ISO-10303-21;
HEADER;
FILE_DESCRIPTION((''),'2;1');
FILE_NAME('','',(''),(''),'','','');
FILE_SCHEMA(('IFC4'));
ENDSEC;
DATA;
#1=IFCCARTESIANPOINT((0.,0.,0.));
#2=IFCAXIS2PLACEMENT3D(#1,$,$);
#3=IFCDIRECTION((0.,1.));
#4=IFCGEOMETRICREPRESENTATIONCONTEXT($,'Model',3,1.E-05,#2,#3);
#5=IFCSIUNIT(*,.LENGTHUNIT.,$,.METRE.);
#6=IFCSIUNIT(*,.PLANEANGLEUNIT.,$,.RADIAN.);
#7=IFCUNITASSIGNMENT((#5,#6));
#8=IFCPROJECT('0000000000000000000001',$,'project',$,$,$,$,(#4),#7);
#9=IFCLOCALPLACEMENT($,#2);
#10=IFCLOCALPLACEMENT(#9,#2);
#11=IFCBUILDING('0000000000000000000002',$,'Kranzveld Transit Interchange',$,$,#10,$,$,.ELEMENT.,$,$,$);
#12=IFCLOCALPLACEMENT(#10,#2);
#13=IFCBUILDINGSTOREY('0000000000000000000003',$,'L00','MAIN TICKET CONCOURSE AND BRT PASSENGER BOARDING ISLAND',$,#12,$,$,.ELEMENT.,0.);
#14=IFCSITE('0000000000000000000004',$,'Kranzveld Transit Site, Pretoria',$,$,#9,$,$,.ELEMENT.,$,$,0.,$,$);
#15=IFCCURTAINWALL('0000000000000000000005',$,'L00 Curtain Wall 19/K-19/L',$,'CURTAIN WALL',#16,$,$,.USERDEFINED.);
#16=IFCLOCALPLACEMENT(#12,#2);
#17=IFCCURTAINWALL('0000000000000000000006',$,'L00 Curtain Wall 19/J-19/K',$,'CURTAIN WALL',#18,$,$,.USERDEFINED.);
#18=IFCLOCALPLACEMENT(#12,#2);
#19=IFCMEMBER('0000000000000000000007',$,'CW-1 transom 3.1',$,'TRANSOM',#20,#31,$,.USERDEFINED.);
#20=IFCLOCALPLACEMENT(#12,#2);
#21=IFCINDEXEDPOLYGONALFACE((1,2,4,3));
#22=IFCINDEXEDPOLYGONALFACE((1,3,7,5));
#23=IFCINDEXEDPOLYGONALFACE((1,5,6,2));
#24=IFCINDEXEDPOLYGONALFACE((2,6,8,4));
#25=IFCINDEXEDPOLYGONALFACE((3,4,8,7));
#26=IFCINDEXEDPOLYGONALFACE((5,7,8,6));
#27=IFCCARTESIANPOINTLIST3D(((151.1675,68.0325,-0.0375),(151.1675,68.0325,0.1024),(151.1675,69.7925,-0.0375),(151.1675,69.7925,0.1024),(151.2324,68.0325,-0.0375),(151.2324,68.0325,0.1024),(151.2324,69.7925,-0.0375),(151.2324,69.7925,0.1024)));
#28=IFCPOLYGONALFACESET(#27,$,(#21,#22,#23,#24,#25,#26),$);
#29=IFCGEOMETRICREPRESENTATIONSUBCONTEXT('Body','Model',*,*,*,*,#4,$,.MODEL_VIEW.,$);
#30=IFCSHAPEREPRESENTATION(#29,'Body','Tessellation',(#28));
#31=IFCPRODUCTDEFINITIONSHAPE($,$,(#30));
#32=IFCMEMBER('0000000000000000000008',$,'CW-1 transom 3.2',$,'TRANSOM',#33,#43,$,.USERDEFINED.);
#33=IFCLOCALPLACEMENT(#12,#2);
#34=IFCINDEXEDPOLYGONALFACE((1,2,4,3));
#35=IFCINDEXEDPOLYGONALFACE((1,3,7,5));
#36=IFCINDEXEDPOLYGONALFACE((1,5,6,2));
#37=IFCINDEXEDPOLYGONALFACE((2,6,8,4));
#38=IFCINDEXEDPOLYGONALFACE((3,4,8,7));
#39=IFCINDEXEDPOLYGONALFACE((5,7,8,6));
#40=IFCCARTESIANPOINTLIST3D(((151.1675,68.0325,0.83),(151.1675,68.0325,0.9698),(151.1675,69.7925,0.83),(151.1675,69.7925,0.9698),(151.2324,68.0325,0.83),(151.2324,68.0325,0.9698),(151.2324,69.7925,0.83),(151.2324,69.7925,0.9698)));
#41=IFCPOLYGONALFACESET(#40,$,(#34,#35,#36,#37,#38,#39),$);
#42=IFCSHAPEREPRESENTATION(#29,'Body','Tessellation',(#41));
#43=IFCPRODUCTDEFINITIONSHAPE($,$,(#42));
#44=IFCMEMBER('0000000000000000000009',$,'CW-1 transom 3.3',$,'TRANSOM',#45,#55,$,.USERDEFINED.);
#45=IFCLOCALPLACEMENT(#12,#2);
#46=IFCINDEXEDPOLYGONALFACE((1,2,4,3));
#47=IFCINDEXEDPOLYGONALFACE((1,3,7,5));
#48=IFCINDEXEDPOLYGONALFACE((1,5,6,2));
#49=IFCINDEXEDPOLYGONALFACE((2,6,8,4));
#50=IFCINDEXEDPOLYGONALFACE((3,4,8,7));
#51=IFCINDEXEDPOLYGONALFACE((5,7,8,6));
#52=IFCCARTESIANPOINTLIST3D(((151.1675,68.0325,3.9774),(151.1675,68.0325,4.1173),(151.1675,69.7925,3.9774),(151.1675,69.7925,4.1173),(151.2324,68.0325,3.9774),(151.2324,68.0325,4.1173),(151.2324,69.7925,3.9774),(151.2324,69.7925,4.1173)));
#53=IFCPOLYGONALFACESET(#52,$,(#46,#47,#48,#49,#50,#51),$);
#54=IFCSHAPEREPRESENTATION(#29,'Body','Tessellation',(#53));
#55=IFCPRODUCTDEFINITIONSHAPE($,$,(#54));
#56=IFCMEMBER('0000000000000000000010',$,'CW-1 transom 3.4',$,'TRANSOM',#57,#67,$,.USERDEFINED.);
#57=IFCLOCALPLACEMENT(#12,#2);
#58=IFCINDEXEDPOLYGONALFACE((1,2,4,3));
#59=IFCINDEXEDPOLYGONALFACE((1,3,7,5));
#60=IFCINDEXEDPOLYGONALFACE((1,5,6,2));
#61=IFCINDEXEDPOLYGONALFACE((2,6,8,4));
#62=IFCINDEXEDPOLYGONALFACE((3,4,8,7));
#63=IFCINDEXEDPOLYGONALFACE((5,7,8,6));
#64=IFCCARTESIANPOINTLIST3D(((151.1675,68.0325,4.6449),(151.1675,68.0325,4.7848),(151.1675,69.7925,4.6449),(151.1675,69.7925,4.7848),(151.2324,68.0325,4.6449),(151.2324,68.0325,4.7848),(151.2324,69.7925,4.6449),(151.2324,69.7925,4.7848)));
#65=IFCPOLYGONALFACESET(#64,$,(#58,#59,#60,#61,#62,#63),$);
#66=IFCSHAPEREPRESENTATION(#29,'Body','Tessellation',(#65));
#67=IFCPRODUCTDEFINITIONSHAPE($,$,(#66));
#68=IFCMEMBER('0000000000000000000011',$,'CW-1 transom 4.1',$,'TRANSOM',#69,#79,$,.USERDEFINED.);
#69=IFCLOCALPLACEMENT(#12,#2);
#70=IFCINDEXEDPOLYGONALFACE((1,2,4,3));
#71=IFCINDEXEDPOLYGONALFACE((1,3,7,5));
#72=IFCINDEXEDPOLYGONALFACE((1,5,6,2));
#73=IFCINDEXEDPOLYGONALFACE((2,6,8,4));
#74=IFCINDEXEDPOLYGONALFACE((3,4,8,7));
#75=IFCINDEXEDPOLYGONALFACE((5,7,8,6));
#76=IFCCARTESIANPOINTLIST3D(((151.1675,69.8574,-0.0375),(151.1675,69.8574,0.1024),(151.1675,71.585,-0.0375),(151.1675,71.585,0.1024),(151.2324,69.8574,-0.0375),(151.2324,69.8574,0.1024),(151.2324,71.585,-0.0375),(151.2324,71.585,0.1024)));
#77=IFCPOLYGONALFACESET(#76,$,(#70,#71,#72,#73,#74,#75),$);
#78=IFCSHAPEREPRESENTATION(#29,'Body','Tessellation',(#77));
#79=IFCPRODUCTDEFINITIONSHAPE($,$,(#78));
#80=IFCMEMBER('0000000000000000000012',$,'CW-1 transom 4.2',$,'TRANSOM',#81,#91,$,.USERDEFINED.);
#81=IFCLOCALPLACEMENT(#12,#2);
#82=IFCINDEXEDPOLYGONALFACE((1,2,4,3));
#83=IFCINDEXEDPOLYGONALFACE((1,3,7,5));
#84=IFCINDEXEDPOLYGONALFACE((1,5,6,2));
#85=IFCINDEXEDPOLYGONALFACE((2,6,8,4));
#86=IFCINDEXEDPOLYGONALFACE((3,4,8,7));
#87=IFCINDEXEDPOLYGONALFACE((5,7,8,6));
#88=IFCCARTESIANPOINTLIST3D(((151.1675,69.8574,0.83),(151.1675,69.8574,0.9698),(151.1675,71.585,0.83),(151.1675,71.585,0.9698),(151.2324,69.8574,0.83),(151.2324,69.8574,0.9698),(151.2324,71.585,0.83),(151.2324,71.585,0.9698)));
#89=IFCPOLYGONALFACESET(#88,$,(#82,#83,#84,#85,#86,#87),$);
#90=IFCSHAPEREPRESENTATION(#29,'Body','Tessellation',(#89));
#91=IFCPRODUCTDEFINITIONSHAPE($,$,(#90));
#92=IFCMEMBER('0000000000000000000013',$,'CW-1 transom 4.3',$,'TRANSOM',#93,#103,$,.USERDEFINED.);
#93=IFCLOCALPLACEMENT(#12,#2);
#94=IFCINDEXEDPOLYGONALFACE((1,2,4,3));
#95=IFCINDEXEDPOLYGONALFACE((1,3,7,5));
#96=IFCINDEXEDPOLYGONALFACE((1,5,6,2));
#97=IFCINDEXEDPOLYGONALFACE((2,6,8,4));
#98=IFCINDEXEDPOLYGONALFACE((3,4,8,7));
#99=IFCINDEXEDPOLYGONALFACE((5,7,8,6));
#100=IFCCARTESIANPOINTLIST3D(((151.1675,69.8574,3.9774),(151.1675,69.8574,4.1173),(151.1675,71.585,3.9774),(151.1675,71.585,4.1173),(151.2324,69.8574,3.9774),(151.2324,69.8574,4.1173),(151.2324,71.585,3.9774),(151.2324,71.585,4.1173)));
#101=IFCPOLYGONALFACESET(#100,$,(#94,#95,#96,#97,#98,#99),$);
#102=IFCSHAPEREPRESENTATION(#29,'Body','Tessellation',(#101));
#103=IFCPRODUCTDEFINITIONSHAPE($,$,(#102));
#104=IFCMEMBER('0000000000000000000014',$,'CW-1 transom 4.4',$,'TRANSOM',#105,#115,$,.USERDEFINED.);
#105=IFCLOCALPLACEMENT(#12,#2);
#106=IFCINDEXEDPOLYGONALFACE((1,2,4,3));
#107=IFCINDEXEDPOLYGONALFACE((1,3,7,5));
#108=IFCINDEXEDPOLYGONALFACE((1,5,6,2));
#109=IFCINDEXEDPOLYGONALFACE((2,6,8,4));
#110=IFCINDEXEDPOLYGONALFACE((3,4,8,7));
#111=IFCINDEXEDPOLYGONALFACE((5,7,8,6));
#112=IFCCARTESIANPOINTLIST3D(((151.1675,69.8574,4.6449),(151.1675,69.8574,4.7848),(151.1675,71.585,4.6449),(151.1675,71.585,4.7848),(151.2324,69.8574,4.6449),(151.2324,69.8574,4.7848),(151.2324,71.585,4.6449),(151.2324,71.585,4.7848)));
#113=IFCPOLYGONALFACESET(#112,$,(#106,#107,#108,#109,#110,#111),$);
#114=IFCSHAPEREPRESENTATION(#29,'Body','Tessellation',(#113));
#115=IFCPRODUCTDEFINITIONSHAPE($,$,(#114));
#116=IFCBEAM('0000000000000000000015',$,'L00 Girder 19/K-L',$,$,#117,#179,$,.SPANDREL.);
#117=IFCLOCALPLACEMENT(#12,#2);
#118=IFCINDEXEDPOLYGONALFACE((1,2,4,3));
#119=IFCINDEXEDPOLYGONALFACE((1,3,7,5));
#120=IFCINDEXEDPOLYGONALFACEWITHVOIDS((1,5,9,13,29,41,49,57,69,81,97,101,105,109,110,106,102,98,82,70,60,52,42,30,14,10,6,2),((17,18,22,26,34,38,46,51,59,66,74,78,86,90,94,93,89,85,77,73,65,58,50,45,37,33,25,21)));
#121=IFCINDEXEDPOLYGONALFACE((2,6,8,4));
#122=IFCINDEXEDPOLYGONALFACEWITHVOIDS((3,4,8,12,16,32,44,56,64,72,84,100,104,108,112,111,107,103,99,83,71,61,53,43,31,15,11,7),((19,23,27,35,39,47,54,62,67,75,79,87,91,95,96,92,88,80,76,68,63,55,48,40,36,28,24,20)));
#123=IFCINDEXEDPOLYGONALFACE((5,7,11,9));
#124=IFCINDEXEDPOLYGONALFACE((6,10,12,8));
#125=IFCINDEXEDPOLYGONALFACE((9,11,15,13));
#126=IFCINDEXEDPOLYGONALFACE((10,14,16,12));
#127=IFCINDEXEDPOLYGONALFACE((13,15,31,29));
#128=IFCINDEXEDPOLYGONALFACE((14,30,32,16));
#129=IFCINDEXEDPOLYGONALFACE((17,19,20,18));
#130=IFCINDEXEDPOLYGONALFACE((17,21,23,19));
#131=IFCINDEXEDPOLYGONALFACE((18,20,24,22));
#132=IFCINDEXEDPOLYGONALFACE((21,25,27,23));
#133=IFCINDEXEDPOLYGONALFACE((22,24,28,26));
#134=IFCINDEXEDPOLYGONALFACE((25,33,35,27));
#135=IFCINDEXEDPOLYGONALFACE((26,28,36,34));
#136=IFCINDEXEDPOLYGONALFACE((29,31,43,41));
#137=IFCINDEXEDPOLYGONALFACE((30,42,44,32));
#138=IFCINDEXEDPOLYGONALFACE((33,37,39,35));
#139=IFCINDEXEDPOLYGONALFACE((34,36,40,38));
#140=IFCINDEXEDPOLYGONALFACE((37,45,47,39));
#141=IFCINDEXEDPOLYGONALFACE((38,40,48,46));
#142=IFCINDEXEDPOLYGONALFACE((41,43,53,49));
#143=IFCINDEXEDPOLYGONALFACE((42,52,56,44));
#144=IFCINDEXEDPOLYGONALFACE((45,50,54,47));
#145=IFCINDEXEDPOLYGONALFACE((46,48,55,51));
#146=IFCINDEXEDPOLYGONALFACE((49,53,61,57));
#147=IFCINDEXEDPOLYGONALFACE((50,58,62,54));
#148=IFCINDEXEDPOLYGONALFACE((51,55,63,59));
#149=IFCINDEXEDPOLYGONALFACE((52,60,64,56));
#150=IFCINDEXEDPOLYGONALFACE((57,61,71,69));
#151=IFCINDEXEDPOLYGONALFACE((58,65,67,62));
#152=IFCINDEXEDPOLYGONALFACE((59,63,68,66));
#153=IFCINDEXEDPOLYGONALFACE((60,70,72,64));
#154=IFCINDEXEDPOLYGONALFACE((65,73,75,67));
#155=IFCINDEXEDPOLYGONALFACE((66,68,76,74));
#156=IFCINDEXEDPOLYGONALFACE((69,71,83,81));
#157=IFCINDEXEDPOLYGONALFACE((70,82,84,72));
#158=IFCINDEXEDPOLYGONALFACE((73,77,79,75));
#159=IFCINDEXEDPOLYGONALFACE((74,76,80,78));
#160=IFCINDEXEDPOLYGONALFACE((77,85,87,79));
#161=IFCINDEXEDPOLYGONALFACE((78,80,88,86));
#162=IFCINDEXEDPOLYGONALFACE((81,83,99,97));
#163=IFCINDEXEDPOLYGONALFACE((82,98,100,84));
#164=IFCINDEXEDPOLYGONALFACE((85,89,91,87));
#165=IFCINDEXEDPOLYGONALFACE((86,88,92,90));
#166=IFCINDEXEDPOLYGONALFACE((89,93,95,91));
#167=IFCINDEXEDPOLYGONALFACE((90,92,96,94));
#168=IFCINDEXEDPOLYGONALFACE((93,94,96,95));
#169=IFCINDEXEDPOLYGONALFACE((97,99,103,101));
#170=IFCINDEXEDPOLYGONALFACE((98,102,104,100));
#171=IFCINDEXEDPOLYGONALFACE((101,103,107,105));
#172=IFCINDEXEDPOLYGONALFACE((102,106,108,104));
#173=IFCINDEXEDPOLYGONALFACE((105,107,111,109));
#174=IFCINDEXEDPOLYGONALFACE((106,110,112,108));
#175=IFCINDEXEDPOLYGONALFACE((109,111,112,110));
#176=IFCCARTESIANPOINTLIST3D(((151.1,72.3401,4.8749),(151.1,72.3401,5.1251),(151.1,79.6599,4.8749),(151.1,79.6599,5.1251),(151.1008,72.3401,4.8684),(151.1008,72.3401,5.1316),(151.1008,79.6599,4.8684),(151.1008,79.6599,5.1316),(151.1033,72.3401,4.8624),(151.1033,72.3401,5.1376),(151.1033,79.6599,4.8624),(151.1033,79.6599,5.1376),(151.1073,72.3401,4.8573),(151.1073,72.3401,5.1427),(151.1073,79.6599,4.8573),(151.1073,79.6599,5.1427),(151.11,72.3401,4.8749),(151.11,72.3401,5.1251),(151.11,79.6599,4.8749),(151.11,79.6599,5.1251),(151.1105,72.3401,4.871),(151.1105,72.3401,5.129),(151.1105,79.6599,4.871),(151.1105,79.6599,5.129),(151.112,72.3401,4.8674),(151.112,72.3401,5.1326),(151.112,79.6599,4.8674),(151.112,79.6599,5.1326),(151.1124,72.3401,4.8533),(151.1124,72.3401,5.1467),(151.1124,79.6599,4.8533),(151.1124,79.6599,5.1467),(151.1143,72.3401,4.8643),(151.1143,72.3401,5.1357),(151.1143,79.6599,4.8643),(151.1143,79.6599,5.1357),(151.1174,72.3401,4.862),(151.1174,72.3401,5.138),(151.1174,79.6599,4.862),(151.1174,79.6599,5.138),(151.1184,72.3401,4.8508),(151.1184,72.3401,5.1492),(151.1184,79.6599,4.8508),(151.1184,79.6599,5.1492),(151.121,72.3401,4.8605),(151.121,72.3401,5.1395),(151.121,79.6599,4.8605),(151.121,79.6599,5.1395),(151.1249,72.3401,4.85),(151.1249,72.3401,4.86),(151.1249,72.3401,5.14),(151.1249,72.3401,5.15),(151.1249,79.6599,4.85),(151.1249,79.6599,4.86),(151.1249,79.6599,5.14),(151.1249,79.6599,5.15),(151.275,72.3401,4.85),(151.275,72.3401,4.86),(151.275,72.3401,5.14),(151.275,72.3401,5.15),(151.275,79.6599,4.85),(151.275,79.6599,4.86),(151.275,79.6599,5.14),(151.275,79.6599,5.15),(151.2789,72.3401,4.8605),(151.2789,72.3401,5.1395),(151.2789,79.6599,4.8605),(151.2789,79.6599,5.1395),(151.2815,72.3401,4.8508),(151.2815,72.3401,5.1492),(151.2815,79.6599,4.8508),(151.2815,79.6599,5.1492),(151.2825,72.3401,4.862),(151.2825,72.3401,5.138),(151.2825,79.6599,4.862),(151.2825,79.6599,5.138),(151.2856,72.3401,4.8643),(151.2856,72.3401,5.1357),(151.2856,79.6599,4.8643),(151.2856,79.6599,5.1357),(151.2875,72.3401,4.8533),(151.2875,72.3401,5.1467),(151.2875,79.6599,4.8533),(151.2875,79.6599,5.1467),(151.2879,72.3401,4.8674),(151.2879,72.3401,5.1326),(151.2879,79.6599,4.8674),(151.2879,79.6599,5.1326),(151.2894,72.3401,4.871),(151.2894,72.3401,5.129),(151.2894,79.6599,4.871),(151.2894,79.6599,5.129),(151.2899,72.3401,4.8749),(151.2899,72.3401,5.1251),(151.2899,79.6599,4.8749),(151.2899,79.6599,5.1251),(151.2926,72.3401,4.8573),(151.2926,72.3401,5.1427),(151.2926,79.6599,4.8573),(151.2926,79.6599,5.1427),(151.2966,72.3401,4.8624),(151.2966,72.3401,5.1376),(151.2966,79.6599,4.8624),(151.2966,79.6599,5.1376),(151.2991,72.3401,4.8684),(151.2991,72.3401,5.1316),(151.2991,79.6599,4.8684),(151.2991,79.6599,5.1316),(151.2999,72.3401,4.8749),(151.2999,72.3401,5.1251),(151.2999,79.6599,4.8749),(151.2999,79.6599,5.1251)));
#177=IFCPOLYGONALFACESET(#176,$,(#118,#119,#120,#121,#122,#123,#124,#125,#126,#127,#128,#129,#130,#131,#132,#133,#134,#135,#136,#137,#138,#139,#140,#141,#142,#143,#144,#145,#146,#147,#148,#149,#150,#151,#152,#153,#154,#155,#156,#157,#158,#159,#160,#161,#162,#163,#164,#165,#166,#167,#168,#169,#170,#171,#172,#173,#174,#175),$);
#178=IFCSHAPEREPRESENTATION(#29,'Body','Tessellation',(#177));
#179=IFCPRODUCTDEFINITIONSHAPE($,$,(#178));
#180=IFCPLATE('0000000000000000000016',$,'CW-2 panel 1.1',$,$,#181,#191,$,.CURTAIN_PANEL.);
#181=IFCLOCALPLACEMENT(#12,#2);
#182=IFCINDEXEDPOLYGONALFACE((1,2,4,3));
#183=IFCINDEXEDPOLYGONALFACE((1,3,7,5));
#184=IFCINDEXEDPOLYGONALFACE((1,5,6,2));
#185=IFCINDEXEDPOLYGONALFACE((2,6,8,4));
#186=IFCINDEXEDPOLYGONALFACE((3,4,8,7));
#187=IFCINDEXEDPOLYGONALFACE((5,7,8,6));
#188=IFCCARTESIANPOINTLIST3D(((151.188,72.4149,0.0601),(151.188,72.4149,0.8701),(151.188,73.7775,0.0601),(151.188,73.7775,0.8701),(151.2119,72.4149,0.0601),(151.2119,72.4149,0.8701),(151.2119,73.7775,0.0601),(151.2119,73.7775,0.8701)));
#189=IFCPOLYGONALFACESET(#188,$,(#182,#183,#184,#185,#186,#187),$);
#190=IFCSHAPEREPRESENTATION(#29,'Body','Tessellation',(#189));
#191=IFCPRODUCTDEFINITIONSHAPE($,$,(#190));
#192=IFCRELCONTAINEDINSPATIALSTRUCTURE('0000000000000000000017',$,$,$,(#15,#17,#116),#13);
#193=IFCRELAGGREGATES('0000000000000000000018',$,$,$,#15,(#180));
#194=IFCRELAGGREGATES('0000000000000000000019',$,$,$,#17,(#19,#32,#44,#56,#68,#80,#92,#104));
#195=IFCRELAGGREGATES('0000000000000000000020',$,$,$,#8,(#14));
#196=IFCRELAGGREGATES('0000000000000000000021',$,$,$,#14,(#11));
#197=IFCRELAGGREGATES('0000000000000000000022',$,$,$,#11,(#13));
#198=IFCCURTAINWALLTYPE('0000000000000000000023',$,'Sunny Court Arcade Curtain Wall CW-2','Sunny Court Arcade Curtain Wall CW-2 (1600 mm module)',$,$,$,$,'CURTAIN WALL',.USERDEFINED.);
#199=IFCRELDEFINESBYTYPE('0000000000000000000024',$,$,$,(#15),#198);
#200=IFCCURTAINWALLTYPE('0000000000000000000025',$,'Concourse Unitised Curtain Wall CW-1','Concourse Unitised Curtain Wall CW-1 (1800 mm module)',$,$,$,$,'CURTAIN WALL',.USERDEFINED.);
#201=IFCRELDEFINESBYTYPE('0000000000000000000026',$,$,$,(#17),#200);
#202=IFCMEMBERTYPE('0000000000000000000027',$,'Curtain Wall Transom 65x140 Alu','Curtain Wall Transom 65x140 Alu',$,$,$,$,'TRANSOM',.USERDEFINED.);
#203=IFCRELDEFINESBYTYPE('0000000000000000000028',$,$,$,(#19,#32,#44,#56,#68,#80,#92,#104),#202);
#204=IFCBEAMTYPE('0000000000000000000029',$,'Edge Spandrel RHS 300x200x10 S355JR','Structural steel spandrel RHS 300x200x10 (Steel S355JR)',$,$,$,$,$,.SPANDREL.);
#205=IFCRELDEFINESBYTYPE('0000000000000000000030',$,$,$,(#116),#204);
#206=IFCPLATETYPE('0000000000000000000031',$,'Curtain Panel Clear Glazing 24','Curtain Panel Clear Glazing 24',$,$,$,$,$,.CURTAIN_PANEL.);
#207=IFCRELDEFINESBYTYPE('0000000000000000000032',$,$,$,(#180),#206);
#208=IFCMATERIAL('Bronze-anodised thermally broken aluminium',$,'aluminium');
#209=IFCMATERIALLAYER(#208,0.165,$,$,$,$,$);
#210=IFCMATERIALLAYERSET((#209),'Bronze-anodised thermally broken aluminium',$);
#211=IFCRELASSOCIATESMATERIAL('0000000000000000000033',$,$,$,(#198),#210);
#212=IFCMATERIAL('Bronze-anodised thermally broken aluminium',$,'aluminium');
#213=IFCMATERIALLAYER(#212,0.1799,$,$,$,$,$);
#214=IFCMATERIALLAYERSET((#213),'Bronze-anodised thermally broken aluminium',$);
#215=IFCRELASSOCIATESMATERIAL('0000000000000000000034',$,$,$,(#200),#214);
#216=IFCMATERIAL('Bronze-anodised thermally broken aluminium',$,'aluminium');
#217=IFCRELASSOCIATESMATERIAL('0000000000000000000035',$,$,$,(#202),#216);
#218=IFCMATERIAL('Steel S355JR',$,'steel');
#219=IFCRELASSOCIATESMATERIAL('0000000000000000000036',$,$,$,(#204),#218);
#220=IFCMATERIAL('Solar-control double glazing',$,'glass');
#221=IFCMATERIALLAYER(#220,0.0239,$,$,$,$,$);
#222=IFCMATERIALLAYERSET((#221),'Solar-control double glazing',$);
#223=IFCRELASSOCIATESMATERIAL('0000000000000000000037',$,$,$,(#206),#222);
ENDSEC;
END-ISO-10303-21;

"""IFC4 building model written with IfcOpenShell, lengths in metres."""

from ifc_helpers import new_model, si_unit, direction, frame, origin, origin_2d, place, context, subcontext, project, spatial, rectangle, hollow_rectangle, extrude, material, layer, layer_set, material_profile, profile_set, type_object, element, aggregate, save


model = new_model("IFC4")

# Units and contexts
model_context = context("Model", 3, precision=1e-05, world=origin(), true_north=direction((0.0, 1.0)))
body_context = subcontext(model_context, "Body", "Model", "MODEL_VIEW")
ifc_project = project(units=[si_unit("LENGTHUNIT", "METRE"), si_unit("PLANEANGLEUNIT", "RADIAN")], contexts=[model_context])

# Site, building, storey
site_placement = place(None, origin())
site = spatial("IfcSite", under=ifc_project, at=site_placement, Name="Kranzveld Transit Site, Pretoria", CompositionType="ELEMENT", RefElevation=0.0)
building_placement = place(site_placement, origin())
building = spatial("IfcBuilding", under=site, at=building_placement, Name="Kranzveld Transit Interchange", CompositionType="ELEMENT")
storey_placement = place(building_placement, origin())
storey = spatial("IfcBuildingStorey", under=building, at=storey_placement, Name="L00", Description="MAIN TICKET CONCOURSE AND BRT PASSENGER BOARDING ISLAND", CompositionType="ELEMENT", Elevation=0.0)

# Curtain wall
ifc_material_1 = material(Name="Bronze-anodised thermally broken aluminium", Category="aluminium")
ifc_layer_1 = layer(ifc_material_1, 0.165)
ifc_layer_set_1 = layer_set([ifc_layer_1], Name="Bronze-anodised thermally broken aluminium")
curtain_wall_type_1 = type_object("IfcCurtainWallType", Name="Sunny Court Arcade Curtain Wall CW-2", Description="Sunny Court Arcade Curtain Wall CW-2 (1600 mm module)", ElementType="CURTAIN WALL", PredefinedType="USERDEFINED", material=ifc_layer_set_1)
curtain_wall_1_placement = place(storey_placement, origin())
curtain_wall_1 = element("IfcCurtainWall", 1, at=curtain_wall_1_placement, inside=storey, type_object=curtain_wall_type_1, Name="L00 Curtain Wall 19/K-19/L", ObjectType="CURTAIN WALL", PredefinedType="USERDEFINED")

# Curtain wall
ifc_material_2 = material(Name="Bronze-anodised thermally broken aluminium", Category="aluminium")
ifc_layer_2 = layer(ifc_material_2, 0.1799)
ifc_layer_set_2 = layer_set([ifc_layer_2], Name="Bronze-anodised thermally broken aluminium")
curtain_wall_type_2 = type_object("IfcCurtainWallType", Name="Concourse Unitised Curtain Wall CW-1", Description="Concourse Unitised Curtain Wall CW-1 (1800 mm module)", ElementType="CURTAIN WALL", PredefinedType="USERDEFINED", material=ifc_layer_set_2)
curtain_wall_2_placement = place(storey_placement, origin())
curtain_wall_2 = element("IfcCurtainWall", 2, at=curtain_wall_2_placement, inside=storey, type_object=curtain_wall_type_2, Name="L00 Curtain Wall 19/J-19/K", ObjectType="CURTAIN WALL", PredefinedType="USERDEFINED")

# Members
ifc_material_3 = material(Name="Bronze-anodised thermally broken aluminium", Category="aluminium")
ifc_material_profile_1 = material_profile(ifc_material_3, rectangle(XDim=0.0649, YDim=0.1399, at=origin_2d()), Name="ALU TRANSOM 65x140")
ifc_profile_set_1 = profile_set([ifc_material_profile_1], Name="Bronze-anodised thermally broken aluminium")
member_type_1 = type_object("IfcMemberType", Name="Curtain Wall Transom 65x140 Alu", Description="Curtain Wall Transom 65x140 Alu", ElementType="TRANSOM", PredefinedType="USERDEFINED", material=ifc_profile_set_1)
member_1_placement = place(storey_placement, frame((151.2, 68.0325, 0.0325), z_axis=(0.0, 1.0, 0.0), x_axis=(-1.0, 0.0, 0.0)))
member_1 = element("IfcMember", 3, at=member_1_placement, type_object=member_type_1, Name="CW-1 transom 3.1", ObjectType="TRANSOM", PredefinedType="USERDEFINED", context=body_context, shape_type="SweptSolid", body=[
    extrude(rectangle(XDim=0.0649, YDim=0.1399, at=origin_2d()), origin(), (0.0, 0.0, 1.0), 1.76),
])
member_2_placement = place(storey_placement, frame((151.2, 68.0325, 0.8999), z_axis=(0.0, 1.0, 0.0), x_axis=(-1.0, 0.0, 0.0)))
member_2 = element("IfcMember", 4, at=member_2_placement, type_object=member_type_1, Name="CW-1 transom 3.2", ObjectType="TRANSOM", PredefinedType="USERDEFINED", context=body_context, shape_type="SweptSolid", body=[
    extrude(rectangle(XDim=0.0649, YDim=0.1399, at=origin_2d()), origin(), (0.0, 0.0, 1.0), 1.76),
])
member_3_placement = place(storey_placement, frame((151.2, 68.0325, 4.0474), z_axis=(0.0, 1.0, 0.0), x_axis=(-1.0, 0.0, 0.0)))
member_3 = element("IfcMember", 5, at=member_3_placement, type_object=member_type_1, Name="CW-1 transom 3.3", ObjectType="TRANSOM", PredefinedType="USERDEFINED", context=body_context, shape_type="SweptSolid", body=[
    extrude(rectangle(XDim=0.0649, YDim=0.1399, at=origin_2d()), origin(), (0.0, 0.0, 1.0), 1.76),
])
member_4_placement = place(storey_placement, frame((151.2, 68.0325, 4.7148), z_axis=(0.0, 1.0, 0.0), x_axis=(-1.0, 0.0, 0.0)))
member_4 = element("IfcMember", 6, at=member_4_placement, type_object=member_type_1, Name="CW-1 transom 3.4", ObjectType="TRANSOM", PredefinedType="USERDEFINED", context=body_context, shape_type="SweptSolid", body=[
    extrude(rectangle(XDim=0.0649, YDim=0.1399, at=origin_2d()), origin(), (0.0, 0.0, 1.0), 1.76),
])
member_5_placement = place(storey_placement, frame((151.2, 69.8574, 0.0325), z_axis=(0.0, 1.0, 0.0), x_axis=(-1.0, 0.0, 0.0)))
member_5 = element("IfcMember", 7, at=member_5_placement, type_object=member_type_1, Name="CW-1 transom 4.1", ObjectType="TRANSOM", PredefinedType="USERDEFINED", context=body_context, shape_type="SweptSolid", body=[
    extrude(rectangle(XDim=0.0649, YDim=0.1399, at=origin_2d()), origin(), (0.0, 0.0, 1.0), 1.7275),
])
member_6_placement = place(storey_placement, frame((151.2, 69.8574, 0.8999), z_axis=(0.0, 1.0, 0.0), x_axis=(-1.0, 0.0, 0.0)))
member_6 = element("IfcMember", 8, at=member_6_placement, type_object=member_type_1, Name="CW-1 transom 4.2", ObjectType="TRANSOM", PredefinedType="USERDEFINED", context=body_context, shape_type="SweptSolid", body=[
    extrude(rectangle(XDim=0.0649, YDim=0.1399, at=origin_2d()), origin(), (0.0, 0.0, 1.0), 1.7275),
])
member_7_placement = place(storey_placement, frame((151.2, 69.8574, 4.0474), z_axis=(0.0, 1.0, 0.0), x_axis=(-1.0, 0.0, 0.0)))
member_7 = element("IfcMember", 9, at=member_7_placement, type_object=member_type_1, Name="CW-1 transom 4.3", ObjectType="TRANSOM", PredefinedType="USERDEFINED", context=body_context, shape_type="SweptSolid", body=[
    extrude(rectangle(XDim=0.0649, YDim=0.1399, at=origin_2d()), origin(), (0.0, 0.0, 1.0), 1.7275),
])
member_8_placement = place(storey_placement, frame((151.2, 69.8574, 4.7148), z_axis=(0.0, 1.0, 0.0), x_axis=(-1.0, 0.0, 0.0)))
member_8 = element("IfcMember", 10, at=member_8_placement, type_object=member_type_1, Name="CW-1 transom 4.4", ObjectType="TRANSOM", PredefinedType="USERDEFINED", context=body_context, shape_type="SweptSolid", body=[
    extrude(rectangle(XDim=0.0649, YDim=0.1399, at=origin_2d()), origin(), (0.0, 0.0, 1.0), 1.7275),
])

# Beam
ifc_material_4 = material(Name="Steel S355JR", Category="steel")
ifc_material_profile_2 = material_profile(ifc_material_4, hollow_rectangle(XDim=0.2, YDim=0.3, WallThickness=0.01, InnerFilletRadius=0.0149, OuterFilletRadius=0.0249, at=origin_2d()), Name="RHS 300x200x10")
ifc_profile_set_2 = profile_set([ifc_material_profile_2], Name="Steel S355JR")
beam_type = type_object("IfcBeamType", Name="Edge Spandrel RHS 300x200x10 S355JR", Description="Structural steel spandrel RHS 300x200x10 (Steel S355JR)", PredefinedType="SPANDREL", material=ifc_profile_set_2)
beam_placement = place(storey_placement, frame((151.2, 72.3401, 5.0), z_axis=(0.0, 1.0, 0.0), x_axis=(-1.0, 0.0, 0.0)))
element("IfcBeam", 11, at=beam_placement, inside=storey, type_object=beam_type, Name="L00 Girder 19/K-L", PredefinedType="SPANDREL", context=body_context, shape_type="SweptSolid", body=[
    extrude(hollow_rectangle(XDim=0.2, YDim=0.3, WallThickness=0.01, InnerFilletRadius=0.0149, OuterFilletRadius=0.0249, at=origin_2d()), origin(), (0.0, 0.0, 1.0), 7.3198),
])

# Plate
ifc_material_5 = material(Name="Solar-control double glazing", Category="glass")
ifc_layer_3 = layer(ifc_material_5, 0.0239)
ifc_layer_set_3 = layer_set([ifc_layer_3], Name="Solar-control double glazing")
plate_type_1 = type_object("IfcPlateType", Name="Curtain Panel Clear Glazing 24", Description="Curtain Panel Clear Glazing 24", PredefinedType="CURTAIN_PANEL", material=ifc_layer_set_3)
plate_1_placement = place(storey_placement, frame((151.2, 73.0962, 0.0601), z_axis=(0.0, 0.0, 1.0), x_axis=(0.0, 1.0, 0.0)))
plate_1 = element("IfcPlate", 12, at=plate_1_placement, type_object=plate_type_1, Name="CW-2 panel 1.1", PredefinedType="CURTAIN_PANEL", context=body_context, shape_type="SweptSolid", body=[
    extrude(rectangle(XDim=1.3625, YDim=0.0239, at=origin_2d()), origin(), (0.0, 0.0, 1.0), 0.8101),
])
aggregate(curtain_wall_1, [plate_1])
aggregate(curtain_wall_2, [member_1, member_2, member_3, member_4, member_5, member_6, member_7, member_8])

save(model, "model.ifc")
